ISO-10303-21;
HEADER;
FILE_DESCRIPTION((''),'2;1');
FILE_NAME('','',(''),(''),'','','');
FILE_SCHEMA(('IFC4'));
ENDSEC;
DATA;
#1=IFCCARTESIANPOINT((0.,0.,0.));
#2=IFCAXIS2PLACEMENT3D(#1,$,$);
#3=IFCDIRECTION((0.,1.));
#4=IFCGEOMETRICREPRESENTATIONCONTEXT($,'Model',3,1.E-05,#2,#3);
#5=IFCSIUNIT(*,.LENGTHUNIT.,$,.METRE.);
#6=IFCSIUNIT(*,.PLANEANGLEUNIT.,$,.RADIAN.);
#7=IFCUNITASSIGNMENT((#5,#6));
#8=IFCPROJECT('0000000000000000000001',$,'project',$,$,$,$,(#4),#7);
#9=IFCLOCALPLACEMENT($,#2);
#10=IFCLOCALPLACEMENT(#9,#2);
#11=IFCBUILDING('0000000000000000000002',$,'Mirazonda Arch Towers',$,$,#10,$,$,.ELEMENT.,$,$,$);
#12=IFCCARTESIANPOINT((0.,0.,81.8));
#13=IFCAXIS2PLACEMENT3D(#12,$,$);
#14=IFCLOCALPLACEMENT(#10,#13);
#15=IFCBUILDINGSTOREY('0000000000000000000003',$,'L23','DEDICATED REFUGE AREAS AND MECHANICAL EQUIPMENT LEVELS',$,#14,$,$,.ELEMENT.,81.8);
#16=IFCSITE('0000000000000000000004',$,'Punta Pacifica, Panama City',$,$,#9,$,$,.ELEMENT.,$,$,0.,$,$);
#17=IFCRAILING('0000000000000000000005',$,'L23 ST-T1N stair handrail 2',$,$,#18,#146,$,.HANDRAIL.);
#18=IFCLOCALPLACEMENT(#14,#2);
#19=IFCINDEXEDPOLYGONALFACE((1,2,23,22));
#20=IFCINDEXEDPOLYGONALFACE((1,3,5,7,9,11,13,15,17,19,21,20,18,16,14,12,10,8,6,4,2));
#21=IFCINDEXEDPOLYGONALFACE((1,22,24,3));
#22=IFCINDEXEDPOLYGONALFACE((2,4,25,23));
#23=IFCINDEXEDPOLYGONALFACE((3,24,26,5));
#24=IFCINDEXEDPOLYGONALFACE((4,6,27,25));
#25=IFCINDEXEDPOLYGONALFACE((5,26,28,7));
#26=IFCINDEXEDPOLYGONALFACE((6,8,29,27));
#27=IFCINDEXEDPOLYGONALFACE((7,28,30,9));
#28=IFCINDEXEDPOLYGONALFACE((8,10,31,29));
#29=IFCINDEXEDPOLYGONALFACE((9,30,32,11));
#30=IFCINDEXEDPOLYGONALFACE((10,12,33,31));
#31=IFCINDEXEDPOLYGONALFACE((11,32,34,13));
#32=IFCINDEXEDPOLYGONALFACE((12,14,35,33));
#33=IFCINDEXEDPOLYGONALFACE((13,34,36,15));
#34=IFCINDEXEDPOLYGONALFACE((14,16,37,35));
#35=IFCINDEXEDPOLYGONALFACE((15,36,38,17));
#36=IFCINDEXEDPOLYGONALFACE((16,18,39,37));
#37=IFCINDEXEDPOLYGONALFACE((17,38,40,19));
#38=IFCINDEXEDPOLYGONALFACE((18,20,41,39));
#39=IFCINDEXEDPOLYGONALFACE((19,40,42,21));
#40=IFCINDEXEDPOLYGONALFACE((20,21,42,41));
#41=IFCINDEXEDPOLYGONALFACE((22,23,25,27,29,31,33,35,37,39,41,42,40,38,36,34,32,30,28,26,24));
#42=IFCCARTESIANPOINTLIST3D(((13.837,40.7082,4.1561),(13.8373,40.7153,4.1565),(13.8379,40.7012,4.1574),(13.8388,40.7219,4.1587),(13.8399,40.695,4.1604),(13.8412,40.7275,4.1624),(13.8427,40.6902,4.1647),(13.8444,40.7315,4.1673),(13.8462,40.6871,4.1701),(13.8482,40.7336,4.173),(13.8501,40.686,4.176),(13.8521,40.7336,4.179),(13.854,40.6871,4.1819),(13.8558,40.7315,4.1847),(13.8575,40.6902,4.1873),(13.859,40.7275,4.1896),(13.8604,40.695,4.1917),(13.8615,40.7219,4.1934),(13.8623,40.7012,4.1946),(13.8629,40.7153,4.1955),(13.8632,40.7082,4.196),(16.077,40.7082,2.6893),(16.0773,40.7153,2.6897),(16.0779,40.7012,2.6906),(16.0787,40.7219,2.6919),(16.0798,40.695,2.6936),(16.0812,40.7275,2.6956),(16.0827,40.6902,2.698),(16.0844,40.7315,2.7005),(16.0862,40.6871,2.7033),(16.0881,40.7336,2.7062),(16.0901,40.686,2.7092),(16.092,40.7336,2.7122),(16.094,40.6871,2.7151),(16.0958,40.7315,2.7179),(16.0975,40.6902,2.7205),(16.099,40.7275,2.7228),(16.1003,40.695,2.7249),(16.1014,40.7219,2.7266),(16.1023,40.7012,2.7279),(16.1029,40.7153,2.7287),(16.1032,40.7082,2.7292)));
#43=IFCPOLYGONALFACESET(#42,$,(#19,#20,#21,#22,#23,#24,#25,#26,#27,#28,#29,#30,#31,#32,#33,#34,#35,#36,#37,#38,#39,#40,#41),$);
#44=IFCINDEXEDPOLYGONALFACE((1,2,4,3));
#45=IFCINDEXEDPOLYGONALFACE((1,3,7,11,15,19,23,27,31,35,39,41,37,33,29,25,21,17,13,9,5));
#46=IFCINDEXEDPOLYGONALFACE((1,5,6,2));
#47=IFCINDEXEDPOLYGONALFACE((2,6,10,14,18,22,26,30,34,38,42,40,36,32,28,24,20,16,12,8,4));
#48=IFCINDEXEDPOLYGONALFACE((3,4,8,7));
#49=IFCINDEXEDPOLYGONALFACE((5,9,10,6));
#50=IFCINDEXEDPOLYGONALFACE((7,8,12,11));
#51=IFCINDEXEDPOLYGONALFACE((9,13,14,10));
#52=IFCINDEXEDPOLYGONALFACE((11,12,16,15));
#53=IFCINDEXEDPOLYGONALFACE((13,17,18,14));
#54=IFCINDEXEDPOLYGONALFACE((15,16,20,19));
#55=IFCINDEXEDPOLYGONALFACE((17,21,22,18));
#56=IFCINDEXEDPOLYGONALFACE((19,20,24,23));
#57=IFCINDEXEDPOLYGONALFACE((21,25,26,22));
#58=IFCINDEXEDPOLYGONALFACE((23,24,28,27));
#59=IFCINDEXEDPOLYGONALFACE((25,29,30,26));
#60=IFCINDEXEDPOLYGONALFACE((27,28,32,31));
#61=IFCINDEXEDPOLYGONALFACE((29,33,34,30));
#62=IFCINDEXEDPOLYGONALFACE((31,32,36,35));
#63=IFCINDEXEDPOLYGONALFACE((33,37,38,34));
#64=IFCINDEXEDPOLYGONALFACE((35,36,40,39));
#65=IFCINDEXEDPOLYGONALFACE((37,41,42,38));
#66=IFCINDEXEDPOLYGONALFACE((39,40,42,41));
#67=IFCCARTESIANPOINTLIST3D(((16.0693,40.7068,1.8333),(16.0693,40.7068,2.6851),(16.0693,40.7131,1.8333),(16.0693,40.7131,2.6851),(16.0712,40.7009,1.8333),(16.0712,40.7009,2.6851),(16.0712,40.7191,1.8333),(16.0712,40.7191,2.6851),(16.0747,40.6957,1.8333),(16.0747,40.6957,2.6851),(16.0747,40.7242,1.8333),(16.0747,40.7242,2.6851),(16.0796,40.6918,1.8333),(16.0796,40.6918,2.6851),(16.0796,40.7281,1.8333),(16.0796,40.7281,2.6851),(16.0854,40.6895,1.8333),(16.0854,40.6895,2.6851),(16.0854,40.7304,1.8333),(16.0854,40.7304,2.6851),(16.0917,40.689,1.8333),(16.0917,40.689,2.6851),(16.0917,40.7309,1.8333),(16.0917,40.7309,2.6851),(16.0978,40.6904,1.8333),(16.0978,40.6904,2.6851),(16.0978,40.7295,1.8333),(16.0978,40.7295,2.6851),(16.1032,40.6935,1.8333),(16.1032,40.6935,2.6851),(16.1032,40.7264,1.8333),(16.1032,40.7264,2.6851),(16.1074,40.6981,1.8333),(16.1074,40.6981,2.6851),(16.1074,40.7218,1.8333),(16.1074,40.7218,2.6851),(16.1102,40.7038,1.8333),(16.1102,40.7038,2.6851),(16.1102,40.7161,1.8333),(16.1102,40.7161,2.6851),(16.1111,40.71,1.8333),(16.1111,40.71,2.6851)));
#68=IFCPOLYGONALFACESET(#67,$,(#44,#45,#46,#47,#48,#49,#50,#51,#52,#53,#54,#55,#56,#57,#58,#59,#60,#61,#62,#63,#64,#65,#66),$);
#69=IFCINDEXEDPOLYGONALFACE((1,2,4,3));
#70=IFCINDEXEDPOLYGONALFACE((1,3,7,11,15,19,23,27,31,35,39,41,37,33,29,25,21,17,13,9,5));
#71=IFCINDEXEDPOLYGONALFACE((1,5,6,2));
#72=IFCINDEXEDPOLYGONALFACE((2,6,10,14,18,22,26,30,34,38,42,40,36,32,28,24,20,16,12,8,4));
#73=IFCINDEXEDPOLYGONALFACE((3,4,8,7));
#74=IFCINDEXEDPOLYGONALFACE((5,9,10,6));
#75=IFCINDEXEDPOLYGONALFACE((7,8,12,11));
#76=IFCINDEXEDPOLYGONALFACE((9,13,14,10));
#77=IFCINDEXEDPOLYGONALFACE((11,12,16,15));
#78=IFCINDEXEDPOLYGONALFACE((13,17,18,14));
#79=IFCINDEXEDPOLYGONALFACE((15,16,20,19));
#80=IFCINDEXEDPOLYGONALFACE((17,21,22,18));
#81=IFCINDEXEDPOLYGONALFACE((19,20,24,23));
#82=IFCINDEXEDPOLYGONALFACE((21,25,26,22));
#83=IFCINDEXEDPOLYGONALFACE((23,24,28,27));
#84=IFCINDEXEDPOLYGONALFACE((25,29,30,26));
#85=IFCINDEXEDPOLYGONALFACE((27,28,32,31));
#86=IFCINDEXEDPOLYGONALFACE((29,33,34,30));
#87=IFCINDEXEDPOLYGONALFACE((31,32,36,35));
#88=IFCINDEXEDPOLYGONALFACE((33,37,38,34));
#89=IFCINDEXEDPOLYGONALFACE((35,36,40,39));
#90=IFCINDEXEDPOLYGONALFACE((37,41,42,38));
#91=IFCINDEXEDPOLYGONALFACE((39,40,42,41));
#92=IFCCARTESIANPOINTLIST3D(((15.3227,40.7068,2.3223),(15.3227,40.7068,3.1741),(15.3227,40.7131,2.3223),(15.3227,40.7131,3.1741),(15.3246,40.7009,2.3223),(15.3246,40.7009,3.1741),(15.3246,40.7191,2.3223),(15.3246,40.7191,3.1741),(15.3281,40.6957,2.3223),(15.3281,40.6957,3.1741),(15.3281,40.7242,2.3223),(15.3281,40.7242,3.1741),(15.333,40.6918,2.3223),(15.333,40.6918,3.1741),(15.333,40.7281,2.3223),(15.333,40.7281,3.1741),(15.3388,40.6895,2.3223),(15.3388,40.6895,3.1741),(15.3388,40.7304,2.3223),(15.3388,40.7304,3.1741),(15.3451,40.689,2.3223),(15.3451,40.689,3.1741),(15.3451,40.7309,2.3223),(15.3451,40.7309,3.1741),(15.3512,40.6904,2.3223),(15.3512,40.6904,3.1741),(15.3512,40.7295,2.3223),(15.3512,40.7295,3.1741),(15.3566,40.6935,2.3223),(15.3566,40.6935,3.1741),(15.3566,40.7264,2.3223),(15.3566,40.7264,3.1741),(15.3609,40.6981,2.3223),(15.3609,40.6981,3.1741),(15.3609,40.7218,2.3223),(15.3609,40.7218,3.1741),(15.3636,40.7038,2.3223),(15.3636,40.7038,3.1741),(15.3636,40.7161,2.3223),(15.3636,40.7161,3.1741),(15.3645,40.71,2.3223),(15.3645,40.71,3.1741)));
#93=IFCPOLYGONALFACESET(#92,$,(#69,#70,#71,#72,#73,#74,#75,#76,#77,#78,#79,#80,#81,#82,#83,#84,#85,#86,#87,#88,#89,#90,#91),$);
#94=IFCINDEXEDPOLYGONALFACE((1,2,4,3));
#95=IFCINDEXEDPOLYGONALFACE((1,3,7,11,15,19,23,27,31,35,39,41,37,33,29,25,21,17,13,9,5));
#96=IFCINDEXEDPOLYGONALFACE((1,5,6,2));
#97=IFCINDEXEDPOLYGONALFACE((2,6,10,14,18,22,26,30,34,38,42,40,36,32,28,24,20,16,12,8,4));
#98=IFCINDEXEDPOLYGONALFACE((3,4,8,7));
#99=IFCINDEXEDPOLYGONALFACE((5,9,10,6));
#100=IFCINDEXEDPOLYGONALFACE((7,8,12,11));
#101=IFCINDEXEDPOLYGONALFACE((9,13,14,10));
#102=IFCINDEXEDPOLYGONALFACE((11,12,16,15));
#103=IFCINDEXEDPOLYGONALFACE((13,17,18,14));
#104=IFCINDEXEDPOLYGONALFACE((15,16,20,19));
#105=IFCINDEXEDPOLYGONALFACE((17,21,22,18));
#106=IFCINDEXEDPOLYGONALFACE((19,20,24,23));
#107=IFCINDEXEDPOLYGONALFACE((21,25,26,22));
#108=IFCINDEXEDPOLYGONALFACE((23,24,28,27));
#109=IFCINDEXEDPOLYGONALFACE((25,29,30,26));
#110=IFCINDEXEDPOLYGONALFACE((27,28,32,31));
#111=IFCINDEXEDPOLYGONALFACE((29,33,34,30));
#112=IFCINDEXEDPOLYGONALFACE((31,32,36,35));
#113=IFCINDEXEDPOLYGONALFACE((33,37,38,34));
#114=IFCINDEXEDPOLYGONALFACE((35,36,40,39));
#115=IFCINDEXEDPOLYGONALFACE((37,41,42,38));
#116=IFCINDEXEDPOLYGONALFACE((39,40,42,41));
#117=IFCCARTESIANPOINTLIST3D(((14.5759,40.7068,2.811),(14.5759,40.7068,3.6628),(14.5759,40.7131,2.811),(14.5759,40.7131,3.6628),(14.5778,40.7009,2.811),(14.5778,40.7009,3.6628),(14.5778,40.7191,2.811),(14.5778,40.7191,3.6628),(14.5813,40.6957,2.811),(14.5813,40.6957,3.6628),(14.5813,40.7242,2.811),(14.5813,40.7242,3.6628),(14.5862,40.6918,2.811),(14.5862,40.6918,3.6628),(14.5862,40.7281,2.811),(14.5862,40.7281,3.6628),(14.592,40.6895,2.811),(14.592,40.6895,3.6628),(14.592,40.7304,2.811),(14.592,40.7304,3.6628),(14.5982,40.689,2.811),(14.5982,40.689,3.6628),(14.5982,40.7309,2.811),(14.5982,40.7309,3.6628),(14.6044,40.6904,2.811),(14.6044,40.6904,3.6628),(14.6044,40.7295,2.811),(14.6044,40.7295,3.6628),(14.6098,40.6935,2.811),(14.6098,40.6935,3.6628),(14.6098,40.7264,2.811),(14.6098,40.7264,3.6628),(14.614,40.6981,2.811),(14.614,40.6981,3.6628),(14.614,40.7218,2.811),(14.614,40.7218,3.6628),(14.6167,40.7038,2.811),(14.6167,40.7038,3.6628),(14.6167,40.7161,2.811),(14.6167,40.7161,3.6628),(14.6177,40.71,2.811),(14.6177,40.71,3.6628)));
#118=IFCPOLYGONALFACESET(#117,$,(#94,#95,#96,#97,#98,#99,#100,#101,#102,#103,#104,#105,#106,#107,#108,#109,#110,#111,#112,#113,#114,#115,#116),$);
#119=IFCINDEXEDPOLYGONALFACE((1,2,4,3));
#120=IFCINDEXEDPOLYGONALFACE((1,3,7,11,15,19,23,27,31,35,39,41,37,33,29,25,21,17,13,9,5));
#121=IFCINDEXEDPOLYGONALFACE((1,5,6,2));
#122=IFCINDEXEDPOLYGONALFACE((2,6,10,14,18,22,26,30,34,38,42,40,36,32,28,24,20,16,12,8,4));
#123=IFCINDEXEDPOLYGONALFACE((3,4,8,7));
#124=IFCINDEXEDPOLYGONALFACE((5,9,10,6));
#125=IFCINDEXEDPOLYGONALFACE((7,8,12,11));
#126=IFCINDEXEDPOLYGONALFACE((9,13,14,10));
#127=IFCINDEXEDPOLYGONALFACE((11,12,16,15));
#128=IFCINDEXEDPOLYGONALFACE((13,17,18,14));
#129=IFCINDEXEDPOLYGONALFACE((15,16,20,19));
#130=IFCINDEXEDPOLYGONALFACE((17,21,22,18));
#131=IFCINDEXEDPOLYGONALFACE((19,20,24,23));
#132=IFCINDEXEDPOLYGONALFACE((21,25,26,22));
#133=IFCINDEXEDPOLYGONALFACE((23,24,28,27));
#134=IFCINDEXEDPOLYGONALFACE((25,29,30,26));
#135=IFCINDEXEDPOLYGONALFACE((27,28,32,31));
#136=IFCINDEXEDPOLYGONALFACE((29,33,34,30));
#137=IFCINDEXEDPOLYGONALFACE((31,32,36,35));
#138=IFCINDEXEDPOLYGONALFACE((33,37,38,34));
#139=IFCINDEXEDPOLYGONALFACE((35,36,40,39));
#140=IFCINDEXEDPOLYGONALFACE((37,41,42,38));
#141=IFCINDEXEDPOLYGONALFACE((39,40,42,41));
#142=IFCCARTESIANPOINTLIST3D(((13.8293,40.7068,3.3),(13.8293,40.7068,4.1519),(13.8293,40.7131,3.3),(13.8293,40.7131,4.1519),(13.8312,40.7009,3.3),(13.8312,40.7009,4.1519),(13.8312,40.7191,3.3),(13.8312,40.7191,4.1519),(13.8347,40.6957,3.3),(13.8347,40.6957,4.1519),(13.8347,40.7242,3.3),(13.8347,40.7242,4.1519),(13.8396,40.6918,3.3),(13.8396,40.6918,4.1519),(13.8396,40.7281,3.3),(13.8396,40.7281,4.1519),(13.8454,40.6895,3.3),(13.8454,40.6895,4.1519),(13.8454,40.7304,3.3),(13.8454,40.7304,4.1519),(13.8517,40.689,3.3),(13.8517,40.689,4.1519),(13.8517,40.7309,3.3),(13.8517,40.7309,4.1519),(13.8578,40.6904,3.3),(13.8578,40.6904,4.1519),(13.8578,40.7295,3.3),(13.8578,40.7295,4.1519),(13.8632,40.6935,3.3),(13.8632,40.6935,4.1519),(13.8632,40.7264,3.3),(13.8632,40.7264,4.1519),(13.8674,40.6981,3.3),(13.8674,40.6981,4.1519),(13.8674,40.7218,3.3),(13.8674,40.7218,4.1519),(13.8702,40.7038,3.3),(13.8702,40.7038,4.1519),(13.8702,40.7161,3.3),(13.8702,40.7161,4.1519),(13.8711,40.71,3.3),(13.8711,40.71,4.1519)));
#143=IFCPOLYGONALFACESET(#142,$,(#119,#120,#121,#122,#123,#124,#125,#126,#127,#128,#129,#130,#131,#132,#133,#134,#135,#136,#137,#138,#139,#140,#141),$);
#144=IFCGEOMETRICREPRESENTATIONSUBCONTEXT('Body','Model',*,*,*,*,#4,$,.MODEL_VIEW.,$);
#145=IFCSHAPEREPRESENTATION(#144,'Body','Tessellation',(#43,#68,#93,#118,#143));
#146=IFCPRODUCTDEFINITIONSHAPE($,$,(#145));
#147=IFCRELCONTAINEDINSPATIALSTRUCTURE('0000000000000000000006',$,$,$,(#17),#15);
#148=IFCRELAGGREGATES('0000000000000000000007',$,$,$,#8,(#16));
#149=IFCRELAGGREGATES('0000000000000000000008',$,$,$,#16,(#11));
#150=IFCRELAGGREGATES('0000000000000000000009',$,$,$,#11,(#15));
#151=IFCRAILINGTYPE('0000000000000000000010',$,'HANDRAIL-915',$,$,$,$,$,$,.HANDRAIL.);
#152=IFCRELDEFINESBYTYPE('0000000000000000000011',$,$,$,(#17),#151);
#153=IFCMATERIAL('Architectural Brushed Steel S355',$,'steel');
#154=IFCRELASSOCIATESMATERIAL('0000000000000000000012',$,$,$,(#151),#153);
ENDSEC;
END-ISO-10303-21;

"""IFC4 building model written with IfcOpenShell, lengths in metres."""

from ifc_helpers import new_model, si_unit, direction, frame, origin, origin_2d, place, context, subcontext, project, spatial, circle, extrude, material, type_object, element, save


model = new_model("IFC4")

# Units and contexts
model_context = context("Model", 3, precision=1e-05, world=origin(), true_north=direction((0.0, 1.0)))
body_context = subcontext(model_context, "Body", "Model", "MODEL_VIEW")
ifc_project = project(units=[si_unit("LENGTHUNIT", "METRE"), si_unit("PLANEANGLEUNIT", "RADIAN")], contexts=[model_context])

# Site, building, storey
site_placement = place(None, origin())
site = spatial("IfcSite", under=ifc_project, at=site_placement, Name="Punta Pacifica, Panama City", CompositionType="ELEMENT", RefElevation=0.0)
building_placement = place(site_placement, origin())
building = spatial("IfcBuilding", under=site, at=building_placement, Name="Mirazonda Arch Towers", CompositionType="ELEMENT")
storey_placement = place(building_placement, frame((0.0, 0.0, 81.8)))
storey = spatial("IfcBuildingStorey", under=building, at=storey_placement, Name="L23", Description="DEDICATED REFUGE AREAS AND MECHANICAL EQUIPMENT LEVELS", CompositionType="ELEMENT", Elevation=81.8)

# Shared definitions
ifc_material_1 = material(Name="Architectural Brushed Steel S355", Category="steel")

# Railing
railing_type_1 = type_object("IfcRailingType", Name="HANDRAIL-915", PredefinedType="HANDRAIL", material=ifc_material_1)
railing_1_placement = place(storey_placement, frame((16.0901, 40.71, 1.8333)))
element("IfcRailing", 1, at=railing_1_placement, inside=storey, type_object=railing_type_1, Name="L23 ST-T1N stair handrail 2", PredefinedType="HANDRAIL", context=body_context, shape_type="SweptSolid", body=[
    extrude(circle(Radius=0.0239, at=origin_2d()), frame((0.0, 0.0, 0.876), z_axis=(-0.836595, 0.0, 0.547822), x_axis=(0.0, -1.0, 0.0)), (0.0, 0.0, 1.0), 2.6775),
    extrude(circle(Radius=0.021, at=origin_2d()), origin(), (0.0, 0.0, 1.0), 0.8518),
    extrude(circle(Radius=0.021, at=origin_2d()), frame((-0.7466, 0.0, 0.489)), (0.0, 0.0, 1.0), 0.8518),
    extrude(circle(Radius=0.021, at=origin_2d()), frame((-1.4934, 0.0, 0.9778)), (0.0, 0.0, 1.0), 0.8518),
    extrude(circle(Radius=0.021, at=origin_2d()), frame((-2.24, 0.0, 1.4668)), (0.0, 0.0, 1.0), 0.8518),
])

save(model, "model.ifc")
